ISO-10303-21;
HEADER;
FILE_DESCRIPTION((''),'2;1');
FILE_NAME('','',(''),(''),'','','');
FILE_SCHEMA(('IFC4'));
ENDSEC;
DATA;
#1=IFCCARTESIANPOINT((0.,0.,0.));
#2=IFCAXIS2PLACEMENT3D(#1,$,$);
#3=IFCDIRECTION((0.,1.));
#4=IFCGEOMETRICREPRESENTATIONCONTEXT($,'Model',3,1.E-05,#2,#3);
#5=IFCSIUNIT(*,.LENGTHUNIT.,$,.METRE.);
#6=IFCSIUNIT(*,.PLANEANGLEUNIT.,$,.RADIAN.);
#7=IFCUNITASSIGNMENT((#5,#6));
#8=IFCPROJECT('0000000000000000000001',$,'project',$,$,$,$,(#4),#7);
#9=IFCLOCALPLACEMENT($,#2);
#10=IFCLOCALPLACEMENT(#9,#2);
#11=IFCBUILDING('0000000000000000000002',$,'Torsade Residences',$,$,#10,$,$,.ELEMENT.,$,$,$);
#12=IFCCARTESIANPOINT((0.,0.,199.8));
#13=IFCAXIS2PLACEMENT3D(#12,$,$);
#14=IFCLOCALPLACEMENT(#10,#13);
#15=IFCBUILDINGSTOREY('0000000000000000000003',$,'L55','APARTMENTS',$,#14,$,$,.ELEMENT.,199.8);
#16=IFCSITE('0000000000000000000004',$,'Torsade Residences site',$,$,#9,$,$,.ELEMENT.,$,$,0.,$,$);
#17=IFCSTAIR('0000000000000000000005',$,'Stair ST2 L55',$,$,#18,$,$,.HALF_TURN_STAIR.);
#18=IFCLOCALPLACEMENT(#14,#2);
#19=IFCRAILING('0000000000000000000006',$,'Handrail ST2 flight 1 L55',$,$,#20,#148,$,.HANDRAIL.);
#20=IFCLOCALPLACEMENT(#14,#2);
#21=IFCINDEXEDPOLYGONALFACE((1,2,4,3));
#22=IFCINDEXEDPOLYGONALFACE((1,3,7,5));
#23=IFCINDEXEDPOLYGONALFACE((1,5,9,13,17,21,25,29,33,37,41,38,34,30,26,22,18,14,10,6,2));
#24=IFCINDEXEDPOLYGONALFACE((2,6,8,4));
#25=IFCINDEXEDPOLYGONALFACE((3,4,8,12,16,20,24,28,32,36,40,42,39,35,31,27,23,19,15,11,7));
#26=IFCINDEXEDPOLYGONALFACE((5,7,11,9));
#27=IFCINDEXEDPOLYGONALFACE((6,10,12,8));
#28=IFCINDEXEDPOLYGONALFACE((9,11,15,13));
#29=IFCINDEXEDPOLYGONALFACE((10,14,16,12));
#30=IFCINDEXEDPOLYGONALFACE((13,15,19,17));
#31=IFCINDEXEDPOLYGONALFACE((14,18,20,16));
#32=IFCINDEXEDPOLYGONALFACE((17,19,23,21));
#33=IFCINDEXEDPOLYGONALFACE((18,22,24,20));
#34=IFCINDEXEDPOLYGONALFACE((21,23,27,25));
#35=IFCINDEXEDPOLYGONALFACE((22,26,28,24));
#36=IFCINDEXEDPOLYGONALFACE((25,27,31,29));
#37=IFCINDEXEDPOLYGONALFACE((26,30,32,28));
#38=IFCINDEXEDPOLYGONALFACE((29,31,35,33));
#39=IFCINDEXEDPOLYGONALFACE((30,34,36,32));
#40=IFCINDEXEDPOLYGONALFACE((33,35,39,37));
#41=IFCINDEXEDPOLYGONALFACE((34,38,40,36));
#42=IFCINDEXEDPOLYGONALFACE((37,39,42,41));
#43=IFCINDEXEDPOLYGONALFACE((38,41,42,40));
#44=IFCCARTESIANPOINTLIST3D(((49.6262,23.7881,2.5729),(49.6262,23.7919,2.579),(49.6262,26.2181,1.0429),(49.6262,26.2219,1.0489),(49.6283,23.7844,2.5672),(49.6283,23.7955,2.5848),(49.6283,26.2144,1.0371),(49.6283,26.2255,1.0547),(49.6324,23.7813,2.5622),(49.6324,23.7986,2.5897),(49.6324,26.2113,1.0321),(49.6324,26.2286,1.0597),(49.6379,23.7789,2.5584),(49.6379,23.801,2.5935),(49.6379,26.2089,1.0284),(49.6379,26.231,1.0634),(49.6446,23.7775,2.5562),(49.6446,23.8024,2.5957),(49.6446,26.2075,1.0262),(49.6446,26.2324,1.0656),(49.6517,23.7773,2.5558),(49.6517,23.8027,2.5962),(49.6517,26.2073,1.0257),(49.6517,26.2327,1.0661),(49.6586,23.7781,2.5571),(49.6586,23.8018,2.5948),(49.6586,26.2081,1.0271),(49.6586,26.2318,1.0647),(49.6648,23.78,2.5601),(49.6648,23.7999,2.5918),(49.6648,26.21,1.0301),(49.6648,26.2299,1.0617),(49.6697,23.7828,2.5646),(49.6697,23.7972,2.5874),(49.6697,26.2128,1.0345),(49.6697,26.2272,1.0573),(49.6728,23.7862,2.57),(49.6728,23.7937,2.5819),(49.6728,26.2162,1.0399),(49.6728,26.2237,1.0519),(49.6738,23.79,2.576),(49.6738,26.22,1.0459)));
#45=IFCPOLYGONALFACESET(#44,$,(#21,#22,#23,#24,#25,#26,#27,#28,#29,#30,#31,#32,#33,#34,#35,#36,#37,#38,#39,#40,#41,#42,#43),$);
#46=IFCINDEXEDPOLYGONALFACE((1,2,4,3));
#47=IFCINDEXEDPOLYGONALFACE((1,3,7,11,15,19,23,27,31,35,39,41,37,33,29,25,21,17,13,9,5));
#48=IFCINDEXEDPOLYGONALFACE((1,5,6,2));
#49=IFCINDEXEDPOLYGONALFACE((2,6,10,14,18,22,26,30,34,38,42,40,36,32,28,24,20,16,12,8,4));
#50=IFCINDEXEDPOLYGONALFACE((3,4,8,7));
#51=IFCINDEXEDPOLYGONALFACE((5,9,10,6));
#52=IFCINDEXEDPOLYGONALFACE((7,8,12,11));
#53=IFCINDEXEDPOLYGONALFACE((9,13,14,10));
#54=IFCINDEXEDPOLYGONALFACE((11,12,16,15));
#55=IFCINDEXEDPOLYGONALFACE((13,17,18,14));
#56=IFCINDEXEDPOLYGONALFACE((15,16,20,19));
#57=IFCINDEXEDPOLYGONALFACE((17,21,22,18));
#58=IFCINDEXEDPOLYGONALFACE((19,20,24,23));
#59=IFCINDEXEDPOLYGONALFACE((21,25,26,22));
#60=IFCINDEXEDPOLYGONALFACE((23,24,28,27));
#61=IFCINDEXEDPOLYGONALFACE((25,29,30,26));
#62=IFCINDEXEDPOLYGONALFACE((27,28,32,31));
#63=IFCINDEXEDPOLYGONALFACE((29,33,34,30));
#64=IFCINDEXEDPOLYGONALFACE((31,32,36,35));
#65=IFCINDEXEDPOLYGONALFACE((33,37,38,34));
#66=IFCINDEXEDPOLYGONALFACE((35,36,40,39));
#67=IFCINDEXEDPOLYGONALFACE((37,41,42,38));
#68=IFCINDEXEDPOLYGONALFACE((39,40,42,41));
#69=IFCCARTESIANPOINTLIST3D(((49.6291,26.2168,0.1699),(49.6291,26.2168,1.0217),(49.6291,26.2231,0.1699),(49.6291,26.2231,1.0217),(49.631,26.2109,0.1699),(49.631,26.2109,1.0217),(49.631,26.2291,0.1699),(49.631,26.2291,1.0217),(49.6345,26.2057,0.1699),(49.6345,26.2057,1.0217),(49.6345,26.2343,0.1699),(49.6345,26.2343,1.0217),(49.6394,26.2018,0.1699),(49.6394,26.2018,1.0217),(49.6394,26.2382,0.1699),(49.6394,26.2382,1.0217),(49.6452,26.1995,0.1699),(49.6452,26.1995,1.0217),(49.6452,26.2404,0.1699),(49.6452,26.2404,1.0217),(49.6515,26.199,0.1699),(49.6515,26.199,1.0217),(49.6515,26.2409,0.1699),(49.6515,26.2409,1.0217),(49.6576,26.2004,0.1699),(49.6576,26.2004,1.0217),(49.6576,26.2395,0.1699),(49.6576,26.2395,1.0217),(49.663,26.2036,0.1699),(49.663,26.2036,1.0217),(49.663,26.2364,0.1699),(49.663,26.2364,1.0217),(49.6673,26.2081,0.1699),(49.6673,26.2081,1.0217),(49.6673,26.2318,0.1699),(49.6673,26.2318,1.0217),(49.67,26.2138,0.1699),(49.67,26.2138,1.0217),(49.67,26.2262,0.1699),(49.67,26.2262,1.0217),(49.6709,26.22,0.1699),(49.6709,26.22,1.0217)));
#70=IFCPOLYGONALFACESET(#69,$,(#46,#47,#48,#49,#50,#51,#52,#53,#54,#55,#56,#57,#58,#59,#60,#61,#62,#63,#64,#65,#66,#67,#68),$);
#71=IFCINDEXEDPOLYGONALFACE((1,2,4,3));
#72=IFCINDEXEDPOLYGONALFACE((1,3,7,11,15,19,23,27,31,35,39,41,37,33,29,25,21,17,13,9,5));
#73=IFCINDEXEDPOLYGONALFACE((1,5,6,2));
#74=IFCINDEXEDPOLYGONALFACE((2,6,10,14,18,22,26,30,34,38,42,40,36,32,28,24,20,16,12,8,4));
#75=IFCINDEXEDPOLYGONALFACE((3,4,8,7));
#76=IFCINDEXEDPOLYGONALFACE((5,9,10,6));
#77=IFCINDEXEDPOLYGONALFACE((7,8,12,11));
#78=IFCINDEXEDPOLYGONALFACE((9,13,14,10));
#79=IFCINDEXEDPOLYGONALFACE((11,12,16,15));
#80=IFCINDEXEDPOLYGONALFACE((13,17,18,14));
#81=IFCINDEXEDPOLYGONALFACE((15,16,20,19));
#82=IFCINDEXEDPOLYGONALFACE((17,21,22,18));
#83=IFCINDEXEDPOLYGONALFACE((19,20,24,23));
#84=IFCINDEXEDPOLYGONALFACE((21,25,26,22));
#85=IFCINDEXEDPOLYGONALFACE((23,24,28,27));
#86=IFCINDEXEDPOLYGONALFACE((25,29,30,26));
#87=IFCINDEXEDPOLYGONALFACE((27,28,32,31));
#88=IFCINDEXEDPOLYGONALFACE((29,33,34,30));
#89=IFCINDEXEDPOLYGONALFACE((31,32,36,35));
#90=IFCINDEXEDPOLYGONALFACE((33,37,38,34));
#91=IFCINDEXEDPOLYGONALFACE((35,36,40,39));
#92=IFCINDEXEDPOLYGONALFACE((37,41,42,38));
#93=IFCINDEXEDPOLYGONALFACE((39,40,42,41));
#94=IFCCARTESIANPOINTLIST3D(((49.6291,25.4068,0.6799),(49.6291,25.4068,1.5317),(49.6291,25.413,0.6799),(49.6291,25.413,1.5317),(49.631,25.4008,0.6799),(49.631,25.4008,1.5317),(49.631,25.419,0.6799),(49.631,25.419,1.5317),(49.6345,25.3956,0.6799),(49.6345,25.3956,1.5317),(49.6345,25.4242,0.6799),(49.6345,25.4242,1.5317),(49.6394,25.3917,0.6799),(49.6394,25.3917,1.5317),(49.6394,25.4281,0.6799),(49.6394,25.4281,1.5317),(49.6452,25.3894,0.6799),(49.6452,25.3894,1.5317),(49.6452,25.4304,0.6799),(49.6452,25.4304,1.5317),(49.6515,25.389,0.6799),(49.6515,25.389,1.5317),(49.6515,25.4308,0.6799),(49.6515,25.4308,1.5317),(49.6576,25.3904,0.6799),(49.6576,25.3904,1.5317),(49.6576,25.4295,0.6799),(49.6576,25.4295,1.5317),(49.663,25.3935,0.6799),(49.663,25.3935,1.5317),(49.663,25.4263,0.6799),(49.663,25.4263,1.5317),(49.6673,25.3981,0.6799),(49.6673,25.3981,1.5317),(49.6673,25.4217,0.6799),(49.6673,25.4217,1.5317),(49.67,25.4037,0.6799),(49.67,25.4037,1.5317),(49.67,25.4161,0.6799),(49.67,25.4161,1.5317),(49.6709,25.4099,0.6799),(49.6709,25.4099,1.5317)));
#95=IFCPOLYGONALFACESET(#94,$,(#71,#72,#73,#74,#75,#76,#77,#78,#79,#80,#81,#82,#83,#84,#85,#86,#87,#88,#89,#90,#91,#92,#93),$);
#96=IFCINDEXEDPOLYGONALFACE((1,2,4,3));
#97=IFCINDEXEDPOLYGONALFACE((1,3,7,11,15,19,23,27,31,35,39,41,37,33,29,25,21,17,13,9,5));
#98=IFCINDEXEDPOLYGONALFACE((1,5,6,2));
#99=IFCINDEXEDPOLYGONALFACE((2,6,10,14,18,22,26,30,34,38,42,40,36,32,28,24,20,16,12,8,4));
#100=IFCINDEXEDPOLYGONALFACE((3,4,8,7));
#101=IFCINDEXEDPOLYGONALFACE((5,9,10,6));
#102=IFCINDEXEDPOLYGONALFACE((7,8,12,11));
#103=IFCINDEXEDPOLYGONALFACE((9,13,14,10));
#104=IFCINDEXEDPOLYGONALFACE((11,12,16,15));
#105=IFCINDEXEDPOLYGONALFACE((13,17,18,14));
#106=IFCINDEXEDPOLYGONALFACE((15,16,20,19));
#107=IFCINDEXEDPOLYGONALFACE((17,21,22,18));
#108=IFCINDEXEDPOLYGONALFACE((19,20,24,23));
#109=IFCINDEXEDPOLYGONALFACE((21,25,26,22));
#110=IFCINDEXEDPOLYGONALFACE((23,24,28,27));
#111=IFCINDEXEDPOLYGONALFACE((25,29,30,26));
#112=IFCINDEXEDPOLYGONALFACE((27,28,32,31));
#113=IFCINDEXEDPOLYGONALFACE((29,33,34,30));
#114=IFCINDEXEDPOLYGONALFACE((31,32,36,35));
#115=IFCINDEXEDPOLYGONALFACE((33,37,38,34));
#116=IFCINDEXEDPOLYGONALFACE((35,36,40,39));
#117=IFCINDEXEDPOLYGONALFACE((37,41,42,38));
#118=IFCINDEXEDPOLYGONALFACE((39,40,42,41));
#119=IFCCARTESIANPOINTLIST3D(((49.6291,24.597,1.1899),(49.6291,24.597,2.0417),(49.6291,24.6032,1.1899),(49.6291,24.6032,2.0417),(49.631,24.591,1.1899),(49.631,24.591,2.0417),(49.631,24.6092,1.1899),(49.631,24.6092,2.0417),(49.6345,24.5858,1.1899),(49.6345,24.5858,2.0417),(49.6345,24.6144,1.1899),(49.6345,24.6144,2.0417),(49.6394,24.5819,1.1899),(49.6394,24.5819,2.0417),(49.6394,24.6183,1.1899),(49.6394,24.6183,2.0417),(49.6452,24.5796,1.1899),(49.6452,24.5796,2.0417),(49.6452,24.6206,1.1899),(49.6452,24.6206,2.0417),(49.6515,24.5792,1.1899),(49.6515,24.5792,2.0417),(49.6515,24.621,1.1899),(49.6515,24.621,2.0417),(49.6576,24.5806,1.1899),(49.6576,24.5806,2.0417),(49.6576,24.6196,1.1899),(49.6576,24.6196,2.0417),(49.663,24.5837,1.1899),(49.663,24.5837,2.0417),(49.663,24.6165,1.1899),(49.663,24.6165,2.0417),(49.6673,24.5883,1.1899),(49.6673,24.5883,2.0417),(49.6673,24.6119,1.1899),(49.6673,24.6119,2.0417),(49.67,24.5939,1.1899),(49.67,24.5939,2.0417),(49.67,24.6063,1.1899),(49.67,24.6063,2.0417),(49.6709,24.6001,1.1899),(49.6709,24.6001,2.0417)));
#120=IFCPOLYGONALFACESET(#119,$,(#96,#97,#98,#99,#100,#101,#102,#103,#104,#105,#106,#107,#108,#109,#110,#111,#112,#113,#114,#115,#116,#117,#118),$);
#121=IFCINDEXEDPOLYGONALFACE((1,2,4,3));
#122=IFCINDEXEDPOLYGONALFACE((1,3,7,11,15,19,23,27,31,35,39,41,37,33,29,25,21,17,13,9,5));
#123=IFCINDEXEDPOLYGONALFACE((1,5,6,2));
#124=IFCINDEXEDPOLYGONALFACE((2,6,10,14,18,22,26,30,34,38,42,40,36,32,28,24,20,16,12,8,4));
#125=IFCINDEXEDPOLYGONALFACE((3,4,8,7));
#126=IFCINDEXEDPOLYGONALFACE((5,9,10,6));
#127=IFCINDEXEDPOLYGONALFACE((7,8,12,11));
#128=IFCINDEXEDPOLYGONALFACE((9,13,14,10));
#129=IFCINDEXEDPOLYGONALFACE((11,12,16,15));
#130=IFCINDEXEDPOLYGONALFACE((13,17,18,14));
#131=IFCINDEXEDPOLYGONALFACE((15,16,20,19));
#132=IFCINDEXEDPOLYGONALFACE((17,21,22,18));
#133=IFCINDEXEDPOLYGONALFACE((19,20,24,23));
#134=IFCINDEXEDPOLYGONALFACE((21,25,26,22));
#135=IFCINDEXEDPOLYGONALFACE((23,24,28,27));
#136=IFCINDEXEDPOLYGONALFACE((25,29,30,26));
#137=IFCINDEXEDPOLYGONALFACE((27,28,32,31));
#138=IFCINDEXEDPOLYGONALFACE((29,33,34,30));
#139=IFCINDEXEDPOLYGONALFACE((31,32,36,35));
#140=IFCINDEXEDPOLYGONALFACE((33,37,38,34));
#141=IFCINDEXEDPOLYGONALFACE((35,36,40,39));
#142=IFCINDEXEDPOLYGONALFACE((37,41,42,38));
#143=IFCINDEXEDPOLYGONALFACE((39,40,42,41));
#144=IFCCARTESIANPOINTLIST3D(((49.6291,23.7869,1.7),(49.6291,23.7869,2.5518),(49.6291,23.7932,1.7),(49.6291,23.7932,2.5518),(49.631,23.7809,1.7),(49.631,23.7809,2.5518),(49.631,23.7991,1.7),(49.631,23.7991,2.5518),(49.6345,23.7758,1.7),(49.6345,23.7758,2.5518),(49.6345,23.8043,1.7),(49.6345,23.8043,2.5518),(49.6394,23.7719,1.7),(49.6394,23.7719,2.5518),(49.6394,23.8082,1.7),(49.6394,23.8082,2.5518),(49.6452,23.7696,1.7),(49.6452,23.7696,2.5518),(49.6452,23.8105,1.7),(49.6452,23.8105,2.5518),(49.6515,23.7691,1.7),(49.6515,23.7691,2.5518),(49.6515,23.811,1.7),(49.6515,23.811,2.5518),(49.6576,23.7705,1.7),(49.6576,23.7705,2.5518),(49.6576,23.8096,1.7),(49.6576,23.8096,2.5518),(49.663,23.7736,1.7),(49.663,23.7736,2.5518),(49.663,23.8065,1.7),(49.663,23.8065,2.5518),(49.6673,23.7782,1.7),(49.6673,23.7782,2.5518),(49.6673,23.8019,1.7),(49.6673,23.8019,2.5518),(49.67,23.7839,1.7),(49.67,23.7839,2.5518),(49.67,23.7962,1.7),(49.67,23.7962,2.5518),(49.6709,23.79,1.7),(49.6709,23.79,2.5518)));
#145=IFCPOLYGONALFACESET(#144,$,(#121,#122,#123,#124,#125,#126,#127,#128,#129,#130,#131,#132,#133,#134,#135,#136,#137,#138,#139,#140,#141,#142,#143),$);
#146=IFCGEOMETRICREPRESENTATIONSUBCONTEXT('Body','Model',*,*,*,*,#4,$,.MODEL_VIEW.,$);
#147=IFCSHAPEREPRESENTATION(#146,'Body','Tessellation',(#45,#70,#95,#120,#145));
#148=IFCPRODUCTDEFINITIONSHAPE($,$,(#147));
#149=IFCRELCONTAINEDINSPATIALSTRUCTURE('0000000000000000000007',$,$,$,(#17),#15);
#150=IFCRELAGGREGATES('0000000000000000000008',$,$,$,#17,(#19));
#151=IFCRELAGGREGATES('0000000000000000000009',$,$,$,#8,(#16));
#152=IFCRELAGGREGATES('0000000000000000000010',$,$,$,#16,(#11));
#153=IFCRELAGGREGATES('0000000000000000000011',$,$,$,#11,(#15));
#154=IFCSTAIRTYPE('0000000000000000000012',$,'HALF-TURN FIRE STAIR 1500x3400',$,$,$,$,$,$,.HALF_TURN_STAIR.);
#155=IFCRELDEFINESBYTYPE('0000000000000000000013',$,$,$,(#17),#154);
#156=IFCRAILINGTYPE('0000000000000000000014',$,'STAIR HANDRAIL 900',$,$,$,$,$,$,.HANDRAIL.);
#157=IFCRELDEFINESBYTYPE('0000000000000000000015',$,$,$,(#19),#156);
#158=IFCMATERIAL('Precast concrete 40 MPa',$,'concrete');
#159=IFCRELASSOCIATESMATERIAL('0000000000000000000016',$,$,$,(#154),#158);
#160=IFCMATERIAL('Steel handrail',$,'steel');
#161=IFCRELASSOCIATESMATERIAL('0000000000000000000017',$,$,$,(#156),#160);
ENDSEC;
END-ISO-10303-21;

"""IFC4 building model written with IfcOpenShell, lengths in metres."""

from ifc_helpers import new_model, si_unit, direction, frame, origin, origin_2d, place, context, subcontext, project, spatial, circle, extrude, material, type_object, element, aggregate, save


model = new_model("IFC4")

# Units and contexts
model_context = context("Model", 3, precision=1e-05, world=origin(), true_north=direction((0.0, 1.0)))
body_context = subcontext(model_context, "Body", "Model", "MODEL_VIEW")
ifc_project = project(units=[si_unit("LENGTHUNIT", "METRE"), si_unit("PLANEANGLEUNIT", "RADIAN")], contexts=[model_context])

# Site, building, storey
site_placement = place(None, origin())
site = spatial("IfcSite", under=ifc_project, at=site_placement, Name="Torsade Residences site", CompositionType="ELEMENT", RefElevation=0.0)
building_placement = place(site_placement, origin())
building = spatial("IfcBuilding", under=site, at=building_placement, Name="Torsade Residences", CompositionType="ELEMENT")
storey_placement = place(building_placement, frame((0.0, 0.0, 199.8)))
storey = spatial("IfcBuildingStorey", under=building, at=storey_placement, Name="L55", Description="APARTMENTS", CompositionType="ELEMENT", Elevation=199.8)

# Stair, railing
ifc_material_1 = material(Name="Precast concrete 40 MPa", Category="concrete")
stair_type = type_object("IfcStairType", Name="HALF-TURN FIRE STAIR 1500x3400", PredefinedType="HALF_TURN_STAIR", material=ifc_material_1)
stair_placement = place(storey_placement, origin())
stair = element("IfcStair", 1, at=stair_placement, inside=storey, type_object=stair_type, Name="Stair ST2 L55", PredefinedType="HALF_TURN_STAIR")
ifc_material_2 = material(Name="Steel handrail", Category="steel")
railing_type = type_object("IfcRailingType", Name="STAIR HANDRAIL 900", PredefinedType="HANDRAIL", material=ifc_material_2)
railing_1_placement = place(storey_placement, frame((49.6499, 26.22, 0.1699)))
railing_1 = element("IfcRailing", 2, at=railing_1_placement, type_object=railing_type, Name="Handrail ST2 flight 1 L55", PredefinedType="HANDRAIL", context=body_context, shape_type="SweptSolid", body=[
    extrude(circle(Radius=0.0239, at=origin_2d()), frame((0.0, 0.0, 0.876), z_axis=(0.0, -0.846221, 0.532831), x_axis=(1.0, 0.0, 0.0)), (0.0, 0.0, 1.0), 2.8716),
    extrude(circle(Radius=0.021, at=origin_2d()), origin(), (0.0, 0.0, 1.0), 0.8518),
    extrude(circle(Radius=0.021, at=origin_2d()), frame((0.0, -0.8101, 0.51)), (0.0, 0.0, 1.0), 0.8518),
    extrude(circle(Radius=0.021, at=origin_2d()), frame((0.0, -1.6199, 1.02)), (0.0, 0.0, 1.0), 0.8518),
    extrude(circle(Radius=0.021, at=origin_2d()), frame((0.0, -2.4299, 1.53)), (0.0, 0.0, 1.0), 0.8518),
])
aggregate(stair, [railing_1])

save(model, "model.ifc")
